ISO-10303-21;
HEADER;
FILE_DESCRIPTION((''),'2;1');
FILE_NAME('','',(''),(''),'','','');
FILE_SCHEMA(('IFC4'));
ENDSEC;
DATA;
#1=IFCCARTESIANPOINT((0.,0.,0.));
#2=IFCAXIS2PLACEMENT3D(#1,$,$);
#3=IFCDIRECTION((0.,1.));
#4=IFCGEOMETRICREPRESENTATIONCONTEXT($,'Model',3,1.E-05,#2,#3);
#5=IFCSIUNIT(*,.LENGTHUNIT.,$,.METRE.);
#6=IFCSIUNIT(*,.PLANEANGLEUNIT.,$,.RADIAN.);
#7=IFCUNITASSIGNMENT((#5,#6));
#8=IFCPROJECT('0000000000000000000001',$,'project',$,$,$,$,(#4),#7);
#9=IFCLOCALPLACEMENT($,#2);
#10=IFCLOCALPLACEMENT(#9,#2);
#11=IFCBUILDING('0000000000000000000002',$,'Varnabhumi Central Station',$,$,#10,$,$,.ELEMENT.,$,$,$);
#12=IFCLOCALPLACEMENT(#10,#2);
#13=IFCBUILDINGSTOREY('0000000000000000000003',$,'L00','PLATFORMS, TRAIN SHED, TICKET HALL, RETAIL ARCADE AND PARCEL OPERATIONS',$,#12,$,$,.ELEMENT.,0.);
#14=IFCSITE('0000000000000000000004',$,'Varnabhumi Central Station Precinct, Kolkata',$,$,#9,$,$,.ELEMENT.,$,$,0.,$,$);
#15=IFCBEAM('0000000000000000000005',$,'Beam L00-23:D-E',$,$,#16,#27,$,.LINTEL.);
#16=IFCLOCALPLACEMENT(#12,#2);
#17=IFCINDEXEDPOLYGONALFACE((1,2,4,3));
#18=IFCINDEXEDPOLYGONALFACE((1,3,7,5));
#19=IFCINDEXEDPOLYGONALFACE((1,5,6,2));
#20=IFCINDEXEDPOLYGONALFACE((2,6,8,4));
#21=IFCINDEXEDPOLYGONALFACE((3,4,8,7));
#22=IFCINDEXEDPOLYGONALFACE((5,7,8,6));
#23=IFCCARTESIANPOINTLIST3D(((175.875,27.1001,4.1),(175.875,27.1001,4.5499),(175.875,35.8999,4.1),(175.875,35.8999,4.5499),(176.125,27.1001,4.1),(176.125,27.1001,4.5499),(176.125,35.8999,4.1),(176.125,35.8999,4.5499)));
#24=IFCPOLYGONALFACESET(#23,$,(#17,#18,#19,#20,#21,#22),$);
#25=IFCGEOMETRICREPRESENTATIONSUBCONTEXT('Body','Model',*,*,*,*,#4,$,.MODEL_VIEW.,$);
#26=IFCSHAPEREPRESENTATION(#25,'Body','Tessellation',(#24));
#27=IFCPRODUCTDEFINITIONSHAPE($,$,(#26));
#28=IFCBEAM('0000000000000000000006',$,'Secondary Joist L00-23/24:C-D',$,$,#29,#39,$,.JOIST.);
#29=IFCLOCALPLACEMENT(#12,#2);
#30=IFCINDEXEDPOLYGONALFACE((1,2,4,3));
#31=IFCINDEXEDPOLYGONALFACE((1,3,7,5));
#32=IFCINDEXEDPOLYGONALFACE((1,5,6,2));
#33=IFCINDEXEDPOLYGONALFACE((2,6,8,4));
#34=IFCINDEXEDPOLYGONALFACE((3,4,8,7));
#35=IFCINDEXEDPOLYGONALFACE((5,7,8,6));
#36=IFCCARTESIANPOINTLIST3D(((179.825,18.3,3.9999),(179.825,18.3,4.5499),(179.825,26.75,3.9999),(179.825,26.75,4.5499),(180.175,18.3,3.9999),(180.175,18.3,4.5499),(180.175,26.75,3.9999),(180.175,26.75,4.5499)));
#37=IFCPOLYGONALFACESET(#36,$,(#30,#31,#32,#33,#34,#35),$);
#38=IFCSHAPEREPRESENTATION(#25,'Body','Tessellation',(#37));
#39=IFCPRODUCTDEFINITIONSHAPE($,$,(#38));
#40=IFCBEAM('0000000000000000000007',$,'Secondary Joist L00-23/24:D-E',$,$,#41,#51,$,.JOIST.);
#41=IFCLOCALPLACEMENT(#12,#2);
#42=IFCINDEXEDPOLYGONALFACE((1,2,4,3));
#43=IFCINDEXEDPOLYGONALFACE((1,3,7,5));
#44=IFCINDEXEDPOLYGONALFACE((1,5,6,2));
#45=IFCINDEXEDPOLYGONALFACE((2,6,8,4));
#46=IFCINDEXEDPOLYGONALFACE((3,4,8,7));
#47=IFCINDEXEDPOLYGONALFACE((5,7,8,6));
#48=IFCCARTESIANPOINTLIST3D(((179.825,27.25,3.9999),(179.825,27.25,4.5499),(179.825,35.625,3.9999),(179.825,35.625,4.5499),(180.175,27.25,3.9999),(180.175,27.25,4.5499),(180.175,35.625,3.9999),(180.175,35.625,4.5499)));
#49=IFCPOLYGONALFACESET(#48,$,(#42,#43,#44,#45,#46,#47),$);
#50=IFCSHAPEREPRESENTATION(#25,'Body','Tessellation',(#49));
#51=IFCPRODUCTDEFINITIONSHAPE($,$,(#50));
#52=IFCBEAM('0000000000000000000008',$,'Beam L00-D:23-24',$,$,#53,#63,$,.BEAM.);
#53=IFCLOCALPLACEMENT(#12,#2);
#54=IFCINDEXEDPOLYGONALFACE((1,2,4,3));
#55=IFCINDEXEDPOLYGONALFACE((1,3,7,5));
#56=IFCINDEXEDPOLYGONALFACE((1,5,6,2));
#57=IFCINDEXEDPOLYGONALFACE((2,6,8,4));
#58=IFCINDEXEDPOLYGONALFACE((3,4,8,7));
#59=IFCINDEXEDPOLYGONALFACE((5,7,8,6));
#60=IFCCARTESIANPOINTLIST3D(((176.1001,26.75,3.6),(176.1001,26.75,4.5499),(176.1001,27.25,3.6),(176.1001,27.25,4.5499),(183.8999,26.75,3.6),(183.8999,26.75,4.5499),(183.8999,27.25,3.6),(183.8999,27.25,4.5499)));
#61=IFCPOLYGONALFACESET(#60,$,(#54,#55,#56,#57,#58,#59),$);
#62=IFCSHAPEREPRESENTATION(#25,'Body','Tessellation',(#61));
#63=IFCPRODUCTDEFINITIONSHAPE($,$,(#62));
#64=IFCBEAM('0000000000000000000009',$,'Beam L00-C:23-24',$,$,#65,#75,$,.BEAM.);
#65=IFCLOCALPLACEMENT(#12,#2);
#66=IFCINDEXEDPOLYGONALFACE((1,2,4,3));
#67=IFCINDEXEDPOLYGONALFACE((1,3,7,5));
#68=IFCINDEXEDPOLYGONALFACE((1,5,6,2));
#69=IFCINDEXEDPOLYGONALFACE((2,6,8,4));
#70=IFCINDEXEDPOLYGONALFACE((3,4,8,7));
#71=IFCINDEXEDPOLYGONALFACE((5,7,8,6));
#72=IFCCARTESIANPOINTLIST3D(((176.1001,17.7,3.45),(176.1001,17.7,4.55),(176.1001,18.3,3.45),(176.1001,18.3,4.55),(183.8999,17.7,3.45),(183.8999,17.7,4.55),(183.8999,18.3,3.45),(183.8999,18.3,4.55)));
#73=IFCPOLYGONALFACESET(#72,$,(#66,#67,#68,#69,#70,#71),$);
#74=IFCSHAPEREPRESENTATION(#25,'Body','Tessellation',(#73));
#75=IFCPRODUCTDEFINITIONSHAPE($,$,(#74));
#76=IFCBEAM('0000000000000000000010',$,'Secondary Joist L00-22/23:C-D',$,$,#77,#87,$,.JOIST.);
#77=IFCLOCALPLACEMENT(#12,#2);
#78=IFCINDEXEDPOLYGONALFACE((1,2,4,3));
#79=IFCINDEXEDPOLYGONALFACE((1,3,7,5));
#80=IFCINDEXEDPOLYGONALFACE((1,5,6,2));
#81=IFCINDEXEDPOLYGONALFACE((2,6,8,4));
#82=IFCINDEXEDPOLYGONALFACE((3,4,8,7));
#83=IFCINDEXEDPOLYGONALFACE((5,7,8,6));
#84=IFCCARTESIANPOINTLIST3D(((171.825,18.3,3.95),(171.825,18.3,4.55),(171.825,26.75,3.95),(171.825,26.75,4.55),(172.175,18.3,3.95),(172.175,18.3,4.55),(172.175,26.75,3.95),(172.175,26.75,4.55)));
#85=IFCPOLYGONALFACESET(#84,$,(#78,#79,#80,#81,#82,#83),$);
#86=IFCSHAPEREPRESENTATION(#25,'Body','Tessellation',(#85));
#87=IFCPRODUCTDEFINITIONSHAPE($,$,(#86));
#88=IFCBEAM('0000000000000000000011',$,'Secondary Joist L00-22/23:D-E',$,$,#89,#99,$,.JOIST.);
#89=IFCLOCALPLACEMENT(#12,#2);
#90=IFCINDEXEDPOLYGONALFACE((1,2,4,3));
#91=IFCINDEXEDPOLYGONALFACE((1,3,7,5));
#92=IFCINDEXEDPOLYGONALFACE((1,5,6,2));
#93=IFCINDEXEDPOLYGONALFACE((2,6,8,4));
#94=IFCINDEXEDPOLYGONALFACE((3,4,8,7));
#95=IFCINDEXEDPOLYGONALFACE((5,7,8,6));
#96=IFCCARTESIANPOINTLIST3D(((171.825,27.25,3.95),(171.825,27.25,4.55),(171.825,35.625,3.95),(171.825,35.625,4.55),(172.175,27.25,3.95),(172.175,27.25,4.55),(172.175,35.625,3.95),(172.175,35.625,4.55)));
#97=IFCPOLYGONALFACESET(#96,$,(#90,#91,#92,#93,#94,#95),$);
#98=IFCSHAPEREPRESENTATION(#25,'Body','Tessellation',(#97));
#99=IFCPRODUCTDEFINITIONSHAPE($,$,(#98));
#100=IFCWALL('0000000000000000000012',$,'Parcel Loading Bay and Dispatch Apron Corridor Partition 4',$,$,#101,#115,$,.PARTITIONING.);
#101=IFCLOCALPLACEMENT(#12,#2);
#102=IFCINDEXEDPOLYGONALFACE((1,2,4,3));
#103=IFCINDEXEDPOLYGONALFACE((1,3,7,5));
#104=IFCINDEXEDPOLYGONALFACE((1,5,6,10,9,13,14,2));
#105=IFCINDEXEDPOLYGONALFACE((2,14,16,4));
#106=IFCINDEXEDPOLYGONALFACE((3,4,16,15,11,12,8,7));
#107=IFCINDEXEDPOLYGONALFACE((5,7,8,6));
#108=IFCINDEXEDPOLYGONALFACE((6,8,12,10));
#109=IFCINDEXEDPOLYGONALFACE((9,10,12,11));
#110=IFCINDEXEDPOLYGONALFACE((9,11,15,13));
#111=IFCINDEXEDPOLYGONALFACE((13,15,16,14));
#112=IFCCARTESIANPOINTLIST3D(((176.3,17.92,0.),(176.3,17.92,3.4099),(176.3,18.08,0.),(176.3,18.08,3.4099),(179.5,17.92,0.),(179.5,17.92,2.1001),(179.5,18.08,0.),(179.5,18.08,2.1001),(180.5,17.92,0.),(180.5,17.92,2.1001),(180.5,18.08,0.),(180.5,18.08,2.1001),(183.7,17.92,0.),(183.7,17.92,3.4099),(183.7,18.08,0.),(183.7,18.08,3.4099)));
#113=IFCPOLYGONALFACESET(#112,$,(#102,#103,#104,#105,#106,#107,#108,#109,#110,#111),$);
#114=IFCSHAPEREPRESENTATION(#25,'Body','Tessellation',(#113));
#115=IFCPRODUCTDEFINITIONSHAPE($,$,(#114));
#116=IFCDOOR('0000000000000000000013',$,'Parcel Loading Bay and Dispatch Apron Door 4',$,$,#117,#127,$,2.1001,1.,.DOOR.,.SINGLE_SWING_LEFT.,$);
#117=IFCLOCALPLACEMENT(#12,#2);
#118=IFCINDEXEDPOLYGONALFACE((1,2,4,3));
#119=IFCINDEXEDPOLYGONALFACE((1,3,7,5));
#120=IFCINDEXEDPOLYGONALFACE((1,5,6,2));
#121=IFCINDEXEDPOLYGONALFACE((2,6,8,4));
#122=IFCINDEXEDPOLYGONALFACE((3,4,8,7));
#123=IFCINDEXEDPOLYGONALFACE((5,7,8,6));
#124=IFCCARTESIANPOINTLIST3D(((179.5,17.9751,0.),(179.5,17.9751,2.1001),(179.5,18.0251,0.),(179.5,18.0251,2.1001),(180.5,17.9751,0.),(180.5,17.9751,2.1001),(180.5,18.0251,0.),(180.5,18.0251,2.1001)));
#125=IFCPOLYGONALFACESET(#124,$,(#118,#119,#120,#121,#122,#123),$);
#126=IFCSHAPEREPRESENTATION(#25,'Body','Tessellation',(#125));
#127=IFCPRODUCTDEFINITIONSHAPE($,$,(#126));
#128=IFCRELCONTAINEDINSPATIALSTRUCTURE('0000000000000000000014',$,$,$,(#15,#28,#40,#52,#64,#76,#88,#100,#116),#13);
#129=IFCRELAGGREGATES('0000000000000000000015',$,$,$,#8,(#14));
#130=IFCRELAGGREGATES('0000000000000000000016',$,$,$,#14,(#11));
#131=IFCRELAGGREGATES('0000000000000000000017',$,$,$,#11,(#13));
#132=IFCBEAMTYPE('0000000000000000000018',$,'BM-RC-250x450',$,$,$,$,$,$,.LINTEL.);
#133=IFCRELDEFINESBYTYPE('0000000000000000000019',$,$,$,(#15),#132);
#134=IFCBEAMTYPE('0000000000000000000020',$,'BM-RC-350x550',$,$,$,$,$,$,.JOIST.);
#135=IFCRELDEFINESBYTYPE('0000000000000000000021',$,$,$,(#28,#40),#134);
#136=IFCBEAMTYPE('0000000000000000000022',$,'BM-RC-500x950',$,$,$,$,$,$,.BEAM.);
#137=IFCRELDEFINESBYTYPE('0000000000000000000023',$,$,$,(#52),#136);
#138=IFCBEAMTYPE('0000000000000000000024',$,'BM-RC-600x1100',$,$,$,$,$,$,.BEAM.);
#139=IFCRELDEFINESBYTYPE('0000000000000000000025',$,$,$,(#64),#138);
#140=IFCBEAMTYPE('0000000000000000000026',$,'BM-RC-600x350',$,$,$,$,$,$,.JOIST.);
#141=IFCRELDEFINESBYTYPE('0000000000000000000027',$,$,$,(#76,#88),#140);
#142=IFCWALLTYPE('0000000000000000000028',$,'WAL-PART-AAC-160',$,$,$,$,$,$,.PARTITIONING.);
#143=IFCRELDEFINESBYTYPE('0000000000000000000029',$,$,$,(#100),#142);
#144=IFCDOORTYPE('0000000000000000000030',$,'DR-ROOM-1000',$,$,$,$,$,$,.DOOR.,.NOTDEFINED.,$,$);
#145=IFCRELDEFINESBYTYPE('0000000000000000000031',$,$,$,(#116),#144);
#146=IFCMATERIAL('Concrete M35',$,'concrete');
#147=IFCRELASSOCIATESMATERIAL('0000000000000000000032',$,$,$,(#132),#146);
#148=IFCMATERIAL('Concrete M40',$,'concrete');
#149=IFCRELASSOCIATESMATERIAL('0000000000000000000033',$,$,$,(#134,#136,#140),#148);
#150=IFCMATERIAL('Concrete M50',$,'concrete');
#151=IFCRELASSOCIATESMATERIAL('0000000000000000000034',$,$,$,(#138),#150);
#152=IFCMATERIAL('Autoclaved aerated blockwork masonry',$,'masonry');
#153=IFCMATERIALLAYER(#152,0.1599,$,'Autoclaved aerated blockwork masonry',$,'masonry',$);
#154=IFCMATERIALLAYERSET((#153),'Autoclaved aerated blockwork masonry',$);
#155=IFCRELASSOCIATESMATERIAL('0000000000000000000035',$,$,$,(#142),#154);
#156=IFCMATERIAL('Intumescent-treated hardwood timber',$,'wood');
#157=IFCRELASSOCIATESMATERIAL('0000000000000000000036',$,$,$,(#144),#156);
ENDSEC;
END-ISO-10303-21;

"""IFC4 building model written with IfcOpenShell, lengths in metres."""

from ifc_helpers import new_model, si_unit, direction, frame, frame_2d, origin, origin_2d, place, context, subcontext, project, spatial, rectangle, extrude, material, layer, layer_set, material_profile, profile_set, type_object, element, fill, save


model = new_model("IFC4")

# Units and contexts
model_context = context("Model", 3, precision=1e-05, world=origin(), true_north=direction((0.0, 1.0)))
body_context = subcontext(model_context, "Body", "Model", "MODEL_VIEW")
ifc_project = project(units=[si_unit("LENGTHUNIT", "METRE"), si_unit("PLANEANGLEUNIT", "RADIAN")], contexts=[model_context])

# Site, building, storey
site_placement = place(None, origin())
site = spatial("IfcSite", under=ifc_project, at=site_placement, Name="Varnabhumi Central Station Precinct, Kolkata", CompositionType="ELEMENT", RefElevation=0.0)
building_placement = place(site_placement, origin())
building = spatial("IfcBuilding", under=site, at=building_placement, Name="Varnabhumi Central Station", CompositionType="ELEMENT")
storey_placement = place(building_placement, origin())
storey = spatial("IfcBuildingStorey", under=building, at=storey_placement, Name="L00", Description="PLATFORMS, TRAIN SHED, TICKET HALL, RETAIL ARCADE AND PARCEL OPERATIONS", CompositionType="ELEMENT", Elevation=0.0)

# Shared definitions
ifc_material_1 = material(Name="Concrete M40", Category="concrete")

# Shared definitions
ifc_material_2 = material(Name="Concrete M35", Category="concrete")

# Shared definitions
ifc_material_3 = material(Name="Concrete M50", Category="concrete")

# Beams
ifc_material_profile_1 = material_profile(ifc_material_2, rectangle(XDim=0.25, YDim=0.45, at=origin_2d()), Name="Concrete M35", Category="concrete")
ifc_profile_set_1 = profile_set([ifc_material_profile_1], Name="Concrete M35")
beam_type_1 = type_object("IfcBeamType", Name="BM-RC-250x450", PredefinedType="LINTEL", material=ifc_profile_set_1)
for number, where, z_axis, x_axis, name in (
    (1, (176.0, 27.1001, 4.325), (0.0, 1.0, 0.0), (-1.0, 0.0, 0.0), "Beam L00-23:D-E"),
):
    element("IfcBeam", number, at=place(storey_placement, frame(where, z_axis=z_axis, x_axis=x_axis)), inside=storey, type_object=beam_type_1, Name=name, PredefinedType="LINTEL", context=body_context, shape_type="SweptSolid", body=[
        extrude(rectangle(XDim=0.25, YDim=0.45, at=origin_2d()), origin(), (0.0, 0.0, 1.0), 8.7998),
    ])
ifc_material_profile_2 = material_profile(ifc_material_1, rectangle(XDim=0.3501, YDim=0.55, at=origin_2d()), Name="Concrete M40", Category="concrete")
ifc_profile_set_2 = profile_set([ifc_material_profile_2], Name="Concrete M40")
beam_type_2 = type_object("IfcBeamType", Name="BM-RC-350x550", PredefinedType="JOIST", material=ifc_profile_set_2)
beam_1_placement = place(storey_placement, frame((180.0, 18.3, 4.2749), z_axis=(0.0, 1.0, 0.0), x_axis=(-1.0, 0.0, 0.0)))
element("IfcBeam", 2, at=beam_1_placement, inside=storey, type_object=beam_type_2, Name="Secondary Joist L00-23/24:C-D", PredefinedType="JOIST", context=body_context, shape_type="SweptSolid", body=[
    extrude(rectangle(XDim=0.3501, YDim=0.55, at=origin_2d()), origin(), (0.0, 0.0, 1.0), 8.45),
])
beam_2_placement = place(storey_placement, frame((180.0, 27.25, 4.2749), z_axis=(0.0, 1.0, 0.0), x_axis=(-1.0, 0.0, 0.0)))
element("IfcBeam", 3, at=beam_2_placement, inside=storey, type_object=beam_type_2, Name="Secondary Joist L00-23/24:D-E", PredefinedType="JOIST", context=body_context, shape_type="SweptSolid", body=[
    extrude(rectangle(XDim=0.3501, YDim=0.55, at=origin_2d()), origin(), (0.0, 0.0, 1.0), 8.375),
])
ifc_material_profile_3 = material_profile(ifc_material_1, rectangle(XDim=0.5, YDim=0.95, at=origin_2d()), Name="Concrete M40", Category="concrete")
ifc_profile_set_3 = profile_set([ifc_material_profile_3], Name="Concrete M40")
beam_type_3 = type_object("IfcBeamType", Name="BM-RC-500x950", PredefinedType="BEAM", material=ifc_profile_set_3)
beam_3_placement = place(storey_placement, frame((176.1001, 27.0, 4.075), z_axis=(1.0, 0.0, 0.0), x_axis=(0.0, 1.0, 0.0)))
element("IfcBeam", 4, at=beam_3_placement, inside=storey, type_object=beam_type_3, Name="Beam L00-D:23-24", PredefinedType="BEAM", context=body_context, shape_type="SweptSolid", body=[
    extrude(rectangle(XDim=0.5, YDim=0.95, at=origin_2d()), origin(), (0.0, 0.0, 1.0), 7.7998),
])
ifc_material_profile_4 = material_profile(ifc_material_3, rectangle(XDim=0.6001, YDim=1.1001, at=origin_2d()), Name="Concrete M50", Category="concrete")
ifc_profile_set_4 = profile_set([ifc_material_profile_4], Name="Concrete M50")
beam_type_4 = type_object("IfcBeamType", Name="BM-RC-600x1100", PredefinedType="BEAM", material=ifc_profile_set_4)
beam_4_placement = place(storey_placement, frame((176.1001, 18.0, 4.0), z_axis=(1.0, 0.0, 0.0), x_axis=(0.0, 1.0, 0.0)))
element("IfcBeam", 5, at=beam_4_placement, inside=storey, type_object=beam_type_4, Name="Beam L00-C:23-24", PredefinedType="BEAM", context=body_context, shape_type="SweptSolid", body=[
    extrude(rectangle(XDim=0.6001, YDim=1.1001, at=origin_2d()), origin(), (0.0, 0.0, 1.0), 7.7998),
])
ifc_material_profile_5 = material_profile(ifc_material_1, rectangle(XDim=0.3501, YDim=0.6001, at=origin_2d()), Name="Concrete M40", Category="concrete")
ifc_profile_set_5 = profile_set([ifc_material_profile_5], Name="Concrete M40")
beam_type_5 = type_object("IfcBeamType", Name="BM-RC-600x350", PredefinedType="JOIST", material=ifc_profile_set_5)
beam_5_placement = place(storey_placement, frame((172.0, 18.3, 4.25), z_axis=(0.0, 1.0, 0.0), x_axis=(-1.0, 0.0, 0.0)))
element("IfcBeam", 6, at=beam_5_placement, inside=storey, type_object=beam_type_5, Name="Secondary Joist L00-22/23:C-D", PredefinedType="JOIST", context=body_context, shape_type="SweptSolid", body=[
    extrude(rectangle(XDim=0.3501, YDim=0.6001, at=origin_2d()), origin(), (0.0, 0.0, 1.0), 8.45),
])
beam_6_placement = place(storey_placement, frame((172.0, 27.25, 4.25), z_axis=(0.0, 1.0, 0.0), x_axis=(-1.0, 0.0, 0.0)))
element("IfcBeam", 7, at=beam_6_placement, inside=storey, type_object=beam_type_5, Name="Secondary Joist L00-22/23:D-E", PredefinedType="JOIST", context=body_context, shape_type="SweptSolid", body=[
    extrude(rectangle(XDim=0.3501, YDim=0.6001, at=origin_2d()), origin(), (0.0, 0.0, 1.0), 8.375),
])

# Wall, opening, door
ifc_material_4 = material(Name="Autoclaved aerated blockwork masonry", Category="masonry")
ifc_layer_1 = layer(ifc_material_4, 0.1599, Name="Autoclaved aerated blockwork masonry", Category="masonry")
ifc_layer_set_1 = layer_set([ifc_layer_1], Name="Autoclaved aerated blockwork masonry")
wall_type = type_object("IfcWallType", Name="WAL-PART-AAC-160", PredefinedType="PARTITIONING", material=ifc_layer_set_1)
wall_placement = place(storey_placement, frame((176.3, 18.0, 0.0), z_axis=(0.0, 0.0, 1.0), x_axis=(1.0, 0.0, 0.0)))
wall = element("IfcWall", 8, at=wall_placement, inside=storey, type_object=wall_type, Name="Parcel Loading Bay and Dispatch Apron Corridor Partition 4", PredefinedType="PARTITIONING", context=body_context, shape_type="SweptSolid", body=[
    extrude(rectangle(XDim=7.3999, YDim=0.1599, at=frame_2d((3.7, 0.0))), origin(), (0.0, 0.0, 1.0), 3.4099),
])
opening_placement = place(wall_placement, frame((3.2, 0.0, 0.0)))
opening = element("IfcOpeningElement", 9, at=opening_placement, cuts=wall, PredefinedType="OPENING", context=body_context, shape_type="SweptSolid", body=[
    extrude(rectangle(XDim=1.0, YDim=2.1001, at=frame_2d((0.5, 1.05))), frame((0.0, 0.0898, 0.0), z_axis=(0.0, -1.0, 0.0), x_axis=(1.0, 0.0, 0.0)), (0.0, 0.0, 1.0), 0.1799),
])
ifc_material_5 = material(Name="Intumescent-treated hardwood timber", Category="wood")
door_type = type_object("IfcDoorType", Name="DR-ROOM-1000", OperationType="NOTDEFINED", PredefinedType="DOOR", material=ifc_material_5)
door_placement = place(opening_placement, frame((1.0, 0.0, 0.0), z_axis=(0.0, 0.0, 1.0), x_axis=(-1.0, 0.0, 0.0)))
door = element("IfcDoor", 10, at=door_placement, inside=storey, type_object=door_type, Name="Parcel Loading Bay and Dispatch Apron Door 4", OperationType="SINGLE_SWING_LEFT", OverallHeight=2.1001, OverallWidth=1.0, PredefinedType="DOOR", context=body_context, shape_type="SweptSolid", body=[
    extrude(rectangle(XDim=1.0, YDim=2.1001, at=frame_2d((0.5, 1.05))), frame((0.0, 0.0249, 0.0), z_axis=(0.0, -1.0, 0.0), x_axis=(1.0, 0.0, 0.0)), (0.0, 0.0, 1.0), 0.05),
])
fill(opening, door)

save(model, "model.ifc")
